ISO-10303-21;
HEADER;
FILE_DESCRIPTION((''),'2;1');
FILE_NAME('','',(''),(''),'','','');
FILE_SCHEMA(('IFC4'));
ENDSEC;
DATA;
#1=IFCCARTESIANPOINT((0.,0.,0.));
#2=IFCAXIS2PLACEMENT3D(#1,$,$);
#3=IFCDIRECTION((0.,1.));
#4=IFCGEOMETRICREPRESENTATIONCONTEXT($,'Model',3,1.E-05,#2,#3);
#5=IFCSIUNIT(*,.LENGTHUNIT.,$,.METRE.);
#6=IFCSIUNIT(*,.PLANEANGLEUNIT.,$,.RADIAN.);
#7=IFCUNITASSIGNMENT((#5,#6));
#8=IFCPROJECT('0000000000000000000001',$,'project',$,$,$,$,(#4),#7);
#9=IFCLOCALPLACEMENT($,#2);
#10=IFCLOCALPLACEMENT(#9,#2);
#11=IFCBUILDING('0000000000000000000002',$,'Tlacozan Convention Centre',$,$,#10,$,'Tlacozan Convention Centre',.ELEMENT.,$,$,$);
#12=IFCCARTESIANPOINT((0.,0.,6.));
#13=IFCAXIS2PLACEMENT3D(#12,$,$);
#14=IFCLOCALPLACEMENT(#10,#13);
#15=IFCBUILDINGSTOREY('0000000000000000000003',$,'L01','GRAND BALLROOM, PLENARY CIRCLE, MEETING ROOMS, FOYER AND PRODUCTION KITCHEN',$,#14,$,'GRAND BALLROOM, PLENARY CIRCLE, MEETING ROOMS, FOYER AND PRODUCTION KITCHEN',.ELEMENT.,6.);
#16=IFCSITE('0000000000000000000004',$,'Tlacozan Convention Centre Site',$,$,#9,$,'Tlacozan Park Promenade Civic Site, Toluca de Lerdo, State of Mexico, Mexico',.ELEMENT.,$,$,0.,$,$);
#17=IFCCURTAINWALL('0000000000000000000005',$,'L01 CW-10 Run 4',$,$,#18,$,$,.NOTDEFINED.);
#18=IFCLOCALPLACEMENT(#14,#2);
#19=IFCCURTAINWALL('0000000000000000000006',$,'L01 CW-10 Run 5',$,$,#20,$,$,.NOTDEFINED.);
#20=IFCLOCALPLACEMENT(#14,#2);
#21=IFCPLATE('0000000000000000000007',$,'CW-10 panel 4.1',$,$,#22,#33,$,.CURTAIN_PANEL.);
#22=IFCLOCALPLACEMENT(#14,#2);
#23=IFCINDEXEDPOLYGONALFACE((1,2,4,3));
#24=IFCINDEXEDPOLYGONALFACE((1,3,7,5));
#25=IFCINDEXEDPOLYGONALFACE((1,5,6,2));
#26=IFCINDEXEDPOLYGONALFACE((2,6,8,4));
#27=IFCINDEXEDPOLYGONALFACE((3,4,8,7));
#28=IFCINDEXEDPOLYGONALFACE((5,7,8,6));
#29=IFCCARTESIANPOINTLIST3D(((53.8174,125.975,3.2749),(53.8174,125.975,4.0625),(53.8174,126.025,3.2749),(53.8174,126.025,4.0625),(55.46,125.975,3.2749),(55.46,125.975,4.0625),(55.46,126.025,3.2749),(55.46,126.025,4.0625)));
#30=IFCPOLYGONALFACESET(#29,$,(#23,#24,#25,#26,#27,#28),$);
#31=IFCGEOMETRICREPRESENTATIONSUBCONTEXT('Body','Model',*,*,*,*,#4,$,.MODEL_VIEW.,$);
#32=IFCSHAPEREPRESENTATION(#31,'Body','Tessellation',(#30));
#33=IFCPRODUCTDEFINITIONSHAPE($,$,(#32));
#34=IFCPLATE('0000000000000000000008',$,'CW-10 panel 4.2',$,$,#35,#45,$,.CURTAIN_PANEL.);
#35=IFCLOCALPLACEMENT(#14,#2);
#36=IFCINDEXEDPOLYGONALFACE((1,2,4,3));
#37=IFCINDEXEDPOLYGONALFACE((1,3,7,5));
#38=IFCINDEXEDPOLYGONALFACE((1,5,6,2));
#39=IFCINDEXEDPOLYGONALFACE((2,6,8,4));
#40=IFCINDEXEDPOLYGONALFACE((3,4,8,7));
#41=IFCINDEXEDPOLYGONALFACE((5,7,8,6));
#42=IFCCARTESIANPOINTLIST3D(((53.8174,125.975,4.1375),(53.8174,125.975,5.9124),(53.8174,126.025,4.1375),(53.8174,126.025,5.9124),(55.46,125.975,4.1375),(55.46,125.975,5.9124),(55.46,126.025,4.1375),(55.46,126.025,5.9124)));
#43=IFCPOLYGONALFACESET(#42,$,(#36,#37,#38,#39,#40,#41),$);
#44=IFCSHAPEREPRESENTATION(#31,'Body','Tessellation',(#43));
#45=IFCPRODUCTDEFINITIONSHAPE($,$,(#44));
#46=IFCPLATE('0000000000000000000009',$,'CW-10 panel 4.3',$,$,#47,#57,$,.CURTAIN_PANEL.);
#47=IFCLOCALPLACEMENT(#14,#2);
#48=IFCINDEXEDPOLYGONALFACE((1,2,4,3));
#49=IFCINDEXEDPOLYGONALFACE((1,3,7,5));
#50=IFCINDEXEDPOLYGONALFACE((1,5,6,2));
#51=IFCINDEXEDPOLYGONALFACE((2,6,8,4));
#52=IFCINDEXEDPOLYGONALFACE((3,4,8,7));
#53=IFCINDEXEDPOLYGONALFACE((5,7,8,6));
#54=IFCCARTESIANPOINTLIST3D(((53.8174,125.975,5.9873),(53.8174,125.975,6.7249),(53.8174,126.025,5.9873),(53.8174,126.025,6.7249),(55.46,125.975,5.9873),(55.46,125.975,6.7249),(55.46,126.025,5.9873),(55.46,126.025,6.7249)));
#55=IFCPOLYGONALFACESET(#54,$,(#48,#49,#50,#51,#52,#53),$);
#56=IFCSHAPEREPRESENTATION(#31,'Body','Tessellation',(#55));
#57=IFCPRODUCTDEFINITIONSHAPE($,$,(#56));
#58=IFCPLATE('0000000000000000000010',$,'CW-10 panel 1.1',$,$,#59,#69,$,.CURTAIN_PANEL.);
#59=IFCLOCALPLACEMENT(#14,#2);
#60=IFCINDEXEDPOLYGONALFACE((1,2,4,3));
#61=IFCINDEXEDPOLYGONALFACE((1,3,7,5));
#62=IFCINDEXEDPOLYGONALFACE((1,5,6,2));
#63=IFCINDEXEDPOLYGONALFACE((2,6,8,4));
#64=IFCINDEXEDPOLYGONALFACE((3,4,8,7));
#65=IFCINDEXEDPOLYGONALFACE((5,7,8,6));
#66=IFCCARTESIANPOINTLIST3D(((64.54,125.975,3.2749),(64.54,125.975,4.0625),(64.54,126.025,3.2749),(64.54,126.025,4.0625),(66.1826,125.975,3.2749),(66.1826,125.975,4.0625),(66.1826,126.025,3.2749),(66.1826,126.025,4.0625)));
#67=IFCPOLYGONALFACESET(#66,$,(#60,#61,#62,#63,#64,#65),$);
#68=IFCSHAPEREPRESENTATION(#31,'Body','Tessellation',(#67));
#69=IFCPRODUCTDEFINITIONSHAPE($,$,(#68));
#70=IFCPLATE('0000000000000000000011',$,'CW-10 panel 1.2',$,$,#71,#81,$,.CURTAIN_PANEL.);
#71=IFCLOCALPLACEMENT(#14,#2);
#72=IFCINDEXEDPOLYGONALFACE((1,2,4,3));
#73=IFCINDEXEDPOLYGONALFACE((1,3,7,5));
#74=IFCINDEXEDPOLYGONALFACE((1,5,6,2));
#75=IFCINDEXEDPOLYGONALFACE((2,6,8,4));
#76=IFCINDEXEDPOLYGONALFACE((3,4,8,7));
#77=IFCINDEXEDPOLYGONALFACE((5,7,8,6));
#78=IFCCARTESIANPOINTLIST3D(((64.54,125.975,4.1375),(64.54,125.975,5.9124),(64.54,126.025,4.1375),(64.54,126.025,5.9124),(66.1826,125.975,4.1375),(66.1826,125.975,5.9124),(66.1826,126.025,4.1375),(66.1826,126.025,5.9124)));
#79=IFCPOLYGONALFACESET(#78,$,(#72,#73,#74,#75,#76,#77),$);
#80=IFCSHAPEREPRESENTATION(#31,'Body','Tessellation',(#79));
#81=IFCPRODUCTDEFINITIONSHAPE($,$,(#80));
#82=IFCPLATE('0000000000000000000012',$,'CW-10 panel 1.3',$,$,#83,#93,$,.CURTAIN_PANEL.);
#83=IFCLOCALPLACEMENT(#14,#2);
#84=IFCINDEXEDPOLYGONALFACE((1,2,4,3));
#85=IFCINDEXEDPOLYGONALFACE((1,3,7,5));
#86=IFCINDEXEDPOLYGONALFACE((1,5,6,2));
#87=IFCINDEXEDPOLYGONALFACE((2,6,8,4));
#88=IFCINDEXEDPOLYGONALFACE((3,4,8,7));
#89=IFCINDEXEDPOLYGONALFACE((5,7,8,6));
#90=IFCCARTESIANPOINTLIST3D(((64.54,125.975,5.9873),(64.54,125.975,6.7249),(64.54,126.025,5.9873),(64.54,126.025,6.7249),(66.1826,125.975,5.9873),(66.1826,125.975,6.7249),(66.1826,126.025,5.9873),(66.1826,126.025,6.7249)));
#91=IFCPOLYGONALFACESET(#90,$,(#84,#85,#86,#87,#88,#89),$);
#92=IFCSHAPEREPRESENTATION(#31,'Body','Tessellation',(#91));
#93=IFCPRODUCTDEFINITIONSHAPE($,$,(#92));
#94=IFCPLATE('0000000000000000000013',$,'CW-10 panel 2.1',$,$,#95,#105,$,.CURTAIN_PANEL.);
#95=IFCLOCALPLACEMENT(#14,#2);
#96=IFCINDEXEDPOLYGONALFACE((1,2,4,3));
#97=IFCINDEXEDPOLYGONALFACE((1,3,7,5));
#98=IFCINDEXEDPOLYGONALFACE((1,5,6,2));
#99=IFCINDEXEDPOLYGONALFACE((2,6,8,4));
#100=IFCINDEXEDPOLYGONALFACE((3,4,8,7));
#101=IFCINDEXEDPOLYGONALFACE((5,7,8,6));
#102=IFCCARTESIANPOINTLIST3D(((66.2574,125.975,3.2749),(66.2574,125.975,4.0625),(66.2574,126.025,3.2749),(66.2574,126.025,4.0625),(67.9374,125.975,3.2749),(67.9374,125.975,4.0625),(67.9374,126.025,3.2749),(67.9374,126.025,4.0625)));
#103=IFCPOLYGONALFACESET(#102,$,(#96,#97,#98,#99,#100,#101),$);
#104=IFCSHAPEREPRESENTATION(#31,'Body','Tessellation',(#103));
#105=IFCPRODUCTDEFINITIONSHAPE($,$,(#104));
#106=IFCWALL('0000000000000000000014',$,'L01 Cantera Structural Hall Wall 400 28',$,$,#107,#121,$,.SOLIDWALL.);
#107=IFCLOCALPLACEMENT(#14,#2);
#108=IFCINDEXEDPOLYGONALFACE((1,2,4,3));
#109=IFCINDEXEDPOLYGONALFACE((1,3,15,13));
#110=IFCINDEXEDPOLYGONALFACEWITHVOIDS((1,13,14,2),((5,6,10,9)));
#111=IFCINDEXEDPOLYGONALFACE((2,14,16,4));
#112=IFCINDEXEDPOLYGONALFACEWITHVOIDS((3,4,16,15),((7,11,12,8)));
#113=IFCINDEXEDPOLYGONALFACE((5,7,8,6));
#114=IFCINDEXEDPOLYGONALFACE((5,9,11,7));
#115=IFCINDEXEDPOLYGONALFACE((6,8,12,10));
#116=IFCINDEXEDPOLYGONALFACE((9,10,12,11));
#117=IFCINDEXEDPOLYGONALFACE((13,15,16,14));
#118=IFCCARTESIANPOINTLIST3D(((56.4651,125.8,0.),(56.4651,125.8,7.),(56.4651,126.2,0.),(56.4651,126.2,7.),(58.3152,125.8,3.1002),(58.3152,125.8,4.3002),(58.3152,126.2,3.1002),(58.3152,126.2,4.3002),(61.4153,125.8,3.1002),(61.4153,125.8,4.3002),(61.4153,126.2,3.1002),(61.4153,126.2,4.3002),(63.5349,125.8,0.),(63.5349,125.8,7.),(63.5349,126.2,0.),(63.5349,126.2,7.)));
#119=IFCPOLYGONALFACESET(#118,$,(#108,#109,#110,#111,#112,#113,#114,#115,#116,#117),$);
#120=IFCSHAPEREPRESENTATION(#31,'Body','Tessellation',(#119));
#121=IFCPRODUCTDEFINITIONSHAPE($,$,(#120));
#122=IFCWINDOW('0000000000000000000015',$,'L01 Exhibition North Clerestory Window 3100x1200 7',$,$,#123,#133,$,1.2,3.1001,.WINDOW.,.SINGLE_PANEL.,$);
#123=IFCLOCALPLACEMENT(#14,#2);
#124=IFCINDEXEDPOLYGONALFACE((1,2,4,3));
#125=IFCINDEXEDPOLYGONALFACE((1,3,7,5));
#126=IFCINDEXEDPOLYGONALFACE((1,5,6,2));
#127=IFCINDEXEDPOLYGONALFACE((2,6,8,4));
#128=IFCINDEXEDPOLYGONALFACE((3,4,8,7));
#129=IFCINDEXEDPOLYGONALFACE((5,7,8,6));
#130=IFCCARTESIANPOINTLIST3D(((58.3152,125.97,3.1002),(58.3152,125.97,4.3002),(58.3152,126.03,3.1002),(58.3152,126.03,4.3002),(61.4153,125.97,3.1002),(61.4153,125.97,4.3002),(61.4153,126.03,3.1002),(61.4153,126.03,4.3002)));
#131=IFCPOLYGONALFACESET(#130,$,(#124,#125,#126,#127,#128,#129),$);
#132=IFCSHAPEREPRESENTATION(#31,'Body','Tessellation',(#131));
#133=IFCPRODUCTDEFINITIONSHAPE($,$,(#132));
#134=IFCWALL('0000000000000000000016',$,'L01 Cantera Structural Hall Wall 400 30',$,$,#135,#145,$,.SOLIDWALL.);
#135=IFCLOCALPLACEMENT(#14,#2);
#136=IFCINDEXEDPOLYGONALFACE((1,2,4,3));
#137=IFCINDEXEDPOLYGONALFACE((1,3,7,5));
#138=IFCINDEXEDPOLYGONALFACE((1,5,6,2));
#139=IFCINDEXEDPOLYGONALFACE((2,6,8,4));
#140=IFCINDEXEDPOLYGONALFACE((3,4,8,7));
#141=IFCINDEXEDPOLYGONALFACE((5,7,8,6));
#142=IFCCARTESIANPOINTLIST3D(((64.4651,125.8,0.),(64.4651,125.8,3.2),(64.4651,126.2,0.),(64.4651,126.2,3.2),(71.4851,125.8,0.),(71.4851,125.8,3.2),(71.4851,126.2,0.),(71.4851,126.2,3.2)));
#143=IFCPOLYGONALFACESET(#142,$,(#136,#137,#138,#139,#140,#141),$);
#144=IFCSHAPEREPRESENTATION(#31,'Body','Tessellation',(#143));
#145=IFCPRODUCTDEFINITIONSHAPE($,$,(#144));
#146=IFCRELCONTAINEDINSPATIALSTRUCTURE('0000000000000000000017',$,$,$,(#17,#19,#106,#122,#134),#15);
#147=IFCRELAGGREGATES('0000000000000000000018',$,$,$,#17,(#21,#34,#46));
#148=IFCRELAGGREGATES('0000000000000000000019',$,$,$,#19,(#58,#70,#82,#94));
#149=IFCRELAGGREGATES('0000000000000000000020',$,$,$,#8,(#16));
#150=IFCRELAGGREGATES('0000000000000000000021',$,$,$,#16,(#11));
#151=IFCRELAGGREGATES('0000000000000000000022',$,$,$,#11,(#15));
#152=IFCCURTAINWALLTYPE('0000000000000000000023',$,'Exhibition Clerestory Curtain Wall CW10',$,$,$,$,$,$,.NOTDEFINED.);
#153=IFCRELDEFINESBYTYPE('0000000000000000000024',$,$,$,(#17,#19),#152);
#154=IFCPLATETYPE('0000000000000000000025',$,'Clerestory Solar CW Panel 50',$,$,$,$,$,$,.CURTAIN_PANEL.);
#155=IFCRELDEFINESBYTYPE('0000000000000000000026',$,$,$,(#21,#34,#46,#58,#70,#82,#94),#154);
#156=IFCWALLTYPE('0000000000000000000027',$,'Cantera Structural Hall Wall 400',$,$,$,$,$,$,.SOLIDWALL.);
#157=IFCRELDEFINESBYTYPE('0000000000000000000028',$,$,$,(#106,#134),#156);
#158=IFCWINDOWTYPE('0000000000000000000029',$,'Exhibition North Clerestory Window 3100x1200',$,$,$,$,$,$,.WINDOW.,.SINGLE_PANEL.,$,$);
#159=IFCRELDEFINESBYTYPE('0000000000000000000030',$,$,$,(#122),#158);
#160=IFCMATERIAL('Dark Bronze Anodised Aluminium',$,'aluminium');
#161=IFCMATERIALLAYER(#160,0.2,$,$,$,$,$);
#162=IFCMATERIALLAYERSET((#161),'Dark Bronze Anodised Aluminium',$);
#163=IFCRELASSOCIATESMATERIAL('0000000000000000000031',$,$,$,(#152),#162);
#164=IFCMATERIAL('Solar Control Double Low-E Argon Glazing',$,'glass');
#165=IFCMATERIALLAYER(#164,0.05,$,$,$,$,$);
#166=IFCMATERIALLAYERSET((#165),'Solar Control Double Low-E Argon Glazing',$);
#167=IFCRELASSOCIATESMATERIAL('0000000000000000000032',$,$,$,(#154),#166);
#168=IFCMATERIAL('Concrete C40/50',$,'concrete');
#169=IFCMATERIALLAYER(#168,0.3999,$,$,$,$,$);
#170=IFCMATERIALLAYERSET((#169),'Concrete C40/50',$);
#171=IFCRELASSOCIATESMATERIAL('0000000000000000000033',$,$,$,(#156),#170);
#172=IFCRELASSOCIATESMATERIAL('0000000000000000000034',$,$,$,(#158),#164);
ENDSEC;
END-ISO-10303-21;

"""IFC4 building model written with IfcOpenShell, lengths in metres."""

from ifc_helpers import new_model, si_unit, direction, frame, frame_2d, origin, origin_2d, place, context, subcontext, project, spatial, rectangle, extrude, material, layer, layer_set, type_object, element, fill, aggregate, save


model = new_model("IFC4")

# Units and contexts
model_context = context("Model", 3, precision=1e-05, world=origin(), true_north=direction((0.0, 1.0)))
body_context = subcontext(model_context, "Body", "Model", "MODEL_VIEW")
ifc_project = project(units=[si_unit("LENGTHUNIT", "METRE"), si_unit("PLANEANGLEUNIT", "RADIAN")], contexts=[model_context])

# Site, building, storey
site_placement = place(None, origin())
site = spatial("IfcSite", under=ifc_project, at=site_placement, Name="Tlacozan Convention Centre Site", LongName="Tlacozan Park Promenade Civic Site, Toluca de Lerdo, State of Mexico, Mexico", CompositionType="ELEMENT", RefElevation=0.0)
building_placement = place(site_placement, origin())
building = spatial("IfcBuilding", under=site, at=building_placement, Name="Tlacozan Convention Centre", LongName="Tlacozan Convention Centre", CompositionType="ELEMENT")
storey_placement = place(building_placement, frame((0.0, 0.0, 6.0)))
storey = spatial("IfcBuildingStorey", under=building, at=storey_placement, Name="L01", Description="GRAND BALLROOM, PLENARY CIRCLE, MEETING ROOMS, FOYER AND PRODUCTION KITCHEN", LongName="GRAND BALLROOM, PLENARY CIRCLE, MEETING ROOMS, FOYER AND PRODUCTION KITCHEN", CompositionType="ELEMENT", Elevation=6.0)

# Shared definitions
ifc_material_1 = material(Name="Concrete C40/50", Category="concrete")

# Curtain wall
ifc_material_2 = material(Name="Dark Bronze Anodised Aluminium", Category="aluminium")
ifc_layer_1 = layer(ifc_material_2, 0.2)
ifc_layer_set_1 = layer_set([ifc_layer_1], Name="Dark Bronze Anodised Aluminium")
curtain_wall_type = type_object("IfcCurtainWallType", Name="Exhibition Clerestory Curtain Wall CW10", PredefinedType="NOTDEFINED", material=ifc_layer_set_1)
curtain_wall_1_placement = place(storey_placement, origin())
curtain_wall_1 = element("IfcCurtainWall", 1, at=curtain_wall_1_placement, inside=storey, type_object=curtain_wall_type, Name="L01 CW-10 Run 4", PredefinedType="NOTDEFINED")

# Curtain wall
curtain_wall_2_placement = place(storey_placement, origin())
curtain_wall_2 = element("IfcCurtainWall", 2, at=curtain_wall_2_placement, inside=storey, type_object=curtain_wall_type, Name="L01 CW-10 Run 5", PredefinedType="NOTDEFINED")

# Plates
ifc_material_3 = material(Name="Solar Control Double Low-E Argon Glazing", Category="glass")
ifc_layer_2 = layer(ifc_material_3, 0.05)
ifc_layer_set_2 = layer_set([ifc_layer_2], Name="Solar Control Double Low-E Argon Glazing")
plate_type = type_object("IfcPlateType", Name="Clerestory Solar CW Panel 50", PredefinedType="CURTAIN_PANEL", material=ifc_layer_set_2)
plate_1_placement = place(storey_placement, frame((54.6387, 126.0, 3.2749), z_axis=(0.0, 0.0, 1.0), x_axis=(1.0, 0.0, 0.0)))
plate_1 = element("IfcPlate", 3, at=plate_1_placement, type_object=plate_type, Name="CW-10 panel 4.1", PredefinedType="CURTAIN_PANEL", context=body_context, shape_type="SweptSolid", body=[
    extrude(rectangle(XDim=1.6426, YDim=0.05, at=origin_2d()), origin(), (0.0, 0.0, 1.0), 0.7876),
])
plate_2_placement = place(storey_placement, frame((54.6387, 126.0, 4.1375), z_axis=(0.0, 0.0, 1.0), x_axis=(1.0, 0.0, 0.0)))
plate_2 = element("IfcPlate", 4, at=plate_2_placement, type_object=plate_type, Name="CW-10 panel 4.2", PredefinedType="CURTAIN_PANEL", context=body_context, shape_type="SweptSolid", body=[
    extrude(rectangle(XDim=1.6426, YDim=0.05, at=origin_2d()), origin(), (0.0, 0.0, 1.0), 1.7749),
])
plate_3_placement = place(storey_placement, frame((54.6387, 126.0, 5.9873), z_axis=(0.0, 0.0, 1.0), x_axis=(1.0, 0.0, 0.0)))
plate_3 = element("IfcPlate", 5, at=plate_3_placement, type_object=plate_type, Name="CW-10 panel 4.3", PredefinedType="CURTAIN_PANEL", context=body_context, shape_type="SweptSolid", body=[
    extrude(rectangle(XDim=1.6426, YDim=0.05, at=origin_2d()), origin(), (0.0, 0.0, 1.0), 0.7375),
])
aggregate(curtain_wall_1, [plate_1, plate_2, plate_3])
plate_4_placement = place(storey_placement, frame((65.3613, 126.0, 3.2749), z_axis=(0.0, 0.0, 1.0), x_axis=(1.0, 0.0, 0.0)))
plate_4 = element("IfcPlate", 6, at=plate_4_placement, type_object=plate_type, Name="CW-10 panel 1.1", PredefinedType="CURTAIN_PANEL", context=body_context, shape_type="SweptSolid", body=[
    extrude(rectangle(XDim=1.6426, YDim=0.05, at=origin_2d()), origin(), (0.0, 0.0, 1.0), 0.7876),
])
plate_5_placement = place(storey_placement, frame((65.3613, 126.0, 4.1375), z_axis=(0.0, 0.0, 1.0), x_axis=(1.0, 0.0, 0.0)))
plate_5 = element("IfcPlate", 7, at=plate_5_placement, type_object=plate_type, Name="CW-10 panel 1.2", PredefinedType="CURTAIN_PANEL", context=body_context, shape_type="SweptSolid", body=[
    extrude(rectangle(XDim=1.6426, YDim=0.05, at=origin_2d()), origin(), (0.0, 0.0, 1.0), 1.7749),
])
plate_6_placement = place(storey_placement, frame((65.3613, 126.0, 5.9873), z_axis=(0.0, 0.0, 1.0), x_axis=(1.0, 0.0, 0.0)))
plate_6 = element("IfcPlate", 8, at=plate_6_placement, type_object=plate_type, Name="CW-10 panel 1.3", PredefinedType="CURTAIN_PANEL", context=body_context, shape_type="SweptSolid", body=[
    extrude(rectangle(XDim=1.6426, YDim=0.05, at=origin_2d()), origin(), (0.0, 0.0, 1.0), 0.7375),
])
plate_7_placement = place(storey_placement, frame((67.0974, 126.0, 3.2749), z_axis=(0.0, 0.0, 1.0), x_axis=(1.0, 0.0, 0.0)))
plate_7 = element("IfcPlate", 9, at=plate_7_placement, type_object=plate_type, Name="CW-10 panel 2.1", PredefinedType="CURTAIN_PANEL", context=body_context, shape_type="SweptSolid", body=[
    extrude(rectangle(XDim=1.6799, YDim=0.05, at=origin_2d()), origin(), (0.0, 0.0, 1.0), 0.7876),
])
aggregate(curtain_wall_2, [plate_4, plate_5, plate_6, plate_7])

# Wall, opening, window
ifc_layer_3 = layer(ifc_material_1, 0.3999)
ifc_layer_set_3 = layer_set([ifc_layer_3], Name="Concrete C40/50")
wall_type = type_object("IfcWallType", Name="Cantera Structural Hall Wall 400", PredefinedType="SOLIDWALL", material=ifc_layer_set_3)
wall_1_placement = place(storey_placement, frame((56.4651, 126.0, 0.0), z_axis=(0.0, 0.0, 1.0), x_axis=(1.0, 0.0, 0.0)))
wall_1 = element("IfcWall", 10, at=wall_1_placement, inside=storey, type_object=wall_type, Name="L01 Cantera Structural Hall Wall 400 28", PredefinedType="SOLIDWALL", context=body_context, shape_type="SweptSolid", body=[
    extrude(rectangle(XDim=7.0698, YDim=0.3999, at=frame_2d((3.5349, 0.0))), origin(), (0.0, 0.0, 1.0), 7.0),
])
opening_placement = place(wall_1_placement, frame((1.8501, 0.0, 3.1001)))
opening = element("IfcOpeningElement", 11, at=opening_placement, cuts=wall_1, PredefinedType="OPENING", context=body_context, shape_type="SweptSolid", body=[
    extrude(rectangle(XDim=3.1001, YDim=1.2, at=frame_2d((1.55, 0.6001))), frame((0.0, 0.21, 0.0), z_axis=(0.0, -1.0, 0.0), x_axis=(1.0, 0.0, 0.0)), (0.0, 0.0, 1.0), 0.4199),
])
window_type = type_object("IfcWindowType", Name="Exhibition North Clerestory Window 3100x1200", PartitioningType="SINGLE_PANEL", PredefinedType="WINDOW", material=ifc_material_3)
window_placement = place(opening_placement, origin())
window = element("IfcWindow", 12, at=window_placement, inside=storey, type_object=window_type, Name="L01 Exhibition North Clerestory Window 3100x1200 7", OverallHeight=1.2, OverallWidth=3.1001, PartitioningType="SINGLE_PANEL", PredefinedType="WINDOW", context=body_context, shape_type="SweptSolid", body=[
    extrude(rectangle(XDim=3.1001, YDim=1.2, at=frame_2d((1.55, 0.6001))), frame((0.0, 0.03, 0.0), z_axis=(0.0, -1.0, 0.0), x_axis=(1.0, 0.0, 0.0)), (0.0, 0.0, 1.0), 0.0601),
])
fill(opening, window)

# Wall
wall_2_placement = place(storey_placement, frame((64.4651, 126.0, 0.0), z_axis=(0.0, 0.0, 1.0), x_axis=(1.0, 0.0, 0.0)))
element("IfcWall", 13, at=wall_2_placement, inside=storey, type_object=wall_type, Name="L01 Cantera Structural Hall Wall 400 30", PredefinedType="SOLIDWALL", context=body_context, shape_type="SweptSolid", body=[
    extrude(rectangle(XDim=7.02, YDim=0.3999, at=frame_2d((3.51, 0.0))), origin(), (0.0, 0.0, 1.0), 3.2),
])

save(model, "model.ifc")
